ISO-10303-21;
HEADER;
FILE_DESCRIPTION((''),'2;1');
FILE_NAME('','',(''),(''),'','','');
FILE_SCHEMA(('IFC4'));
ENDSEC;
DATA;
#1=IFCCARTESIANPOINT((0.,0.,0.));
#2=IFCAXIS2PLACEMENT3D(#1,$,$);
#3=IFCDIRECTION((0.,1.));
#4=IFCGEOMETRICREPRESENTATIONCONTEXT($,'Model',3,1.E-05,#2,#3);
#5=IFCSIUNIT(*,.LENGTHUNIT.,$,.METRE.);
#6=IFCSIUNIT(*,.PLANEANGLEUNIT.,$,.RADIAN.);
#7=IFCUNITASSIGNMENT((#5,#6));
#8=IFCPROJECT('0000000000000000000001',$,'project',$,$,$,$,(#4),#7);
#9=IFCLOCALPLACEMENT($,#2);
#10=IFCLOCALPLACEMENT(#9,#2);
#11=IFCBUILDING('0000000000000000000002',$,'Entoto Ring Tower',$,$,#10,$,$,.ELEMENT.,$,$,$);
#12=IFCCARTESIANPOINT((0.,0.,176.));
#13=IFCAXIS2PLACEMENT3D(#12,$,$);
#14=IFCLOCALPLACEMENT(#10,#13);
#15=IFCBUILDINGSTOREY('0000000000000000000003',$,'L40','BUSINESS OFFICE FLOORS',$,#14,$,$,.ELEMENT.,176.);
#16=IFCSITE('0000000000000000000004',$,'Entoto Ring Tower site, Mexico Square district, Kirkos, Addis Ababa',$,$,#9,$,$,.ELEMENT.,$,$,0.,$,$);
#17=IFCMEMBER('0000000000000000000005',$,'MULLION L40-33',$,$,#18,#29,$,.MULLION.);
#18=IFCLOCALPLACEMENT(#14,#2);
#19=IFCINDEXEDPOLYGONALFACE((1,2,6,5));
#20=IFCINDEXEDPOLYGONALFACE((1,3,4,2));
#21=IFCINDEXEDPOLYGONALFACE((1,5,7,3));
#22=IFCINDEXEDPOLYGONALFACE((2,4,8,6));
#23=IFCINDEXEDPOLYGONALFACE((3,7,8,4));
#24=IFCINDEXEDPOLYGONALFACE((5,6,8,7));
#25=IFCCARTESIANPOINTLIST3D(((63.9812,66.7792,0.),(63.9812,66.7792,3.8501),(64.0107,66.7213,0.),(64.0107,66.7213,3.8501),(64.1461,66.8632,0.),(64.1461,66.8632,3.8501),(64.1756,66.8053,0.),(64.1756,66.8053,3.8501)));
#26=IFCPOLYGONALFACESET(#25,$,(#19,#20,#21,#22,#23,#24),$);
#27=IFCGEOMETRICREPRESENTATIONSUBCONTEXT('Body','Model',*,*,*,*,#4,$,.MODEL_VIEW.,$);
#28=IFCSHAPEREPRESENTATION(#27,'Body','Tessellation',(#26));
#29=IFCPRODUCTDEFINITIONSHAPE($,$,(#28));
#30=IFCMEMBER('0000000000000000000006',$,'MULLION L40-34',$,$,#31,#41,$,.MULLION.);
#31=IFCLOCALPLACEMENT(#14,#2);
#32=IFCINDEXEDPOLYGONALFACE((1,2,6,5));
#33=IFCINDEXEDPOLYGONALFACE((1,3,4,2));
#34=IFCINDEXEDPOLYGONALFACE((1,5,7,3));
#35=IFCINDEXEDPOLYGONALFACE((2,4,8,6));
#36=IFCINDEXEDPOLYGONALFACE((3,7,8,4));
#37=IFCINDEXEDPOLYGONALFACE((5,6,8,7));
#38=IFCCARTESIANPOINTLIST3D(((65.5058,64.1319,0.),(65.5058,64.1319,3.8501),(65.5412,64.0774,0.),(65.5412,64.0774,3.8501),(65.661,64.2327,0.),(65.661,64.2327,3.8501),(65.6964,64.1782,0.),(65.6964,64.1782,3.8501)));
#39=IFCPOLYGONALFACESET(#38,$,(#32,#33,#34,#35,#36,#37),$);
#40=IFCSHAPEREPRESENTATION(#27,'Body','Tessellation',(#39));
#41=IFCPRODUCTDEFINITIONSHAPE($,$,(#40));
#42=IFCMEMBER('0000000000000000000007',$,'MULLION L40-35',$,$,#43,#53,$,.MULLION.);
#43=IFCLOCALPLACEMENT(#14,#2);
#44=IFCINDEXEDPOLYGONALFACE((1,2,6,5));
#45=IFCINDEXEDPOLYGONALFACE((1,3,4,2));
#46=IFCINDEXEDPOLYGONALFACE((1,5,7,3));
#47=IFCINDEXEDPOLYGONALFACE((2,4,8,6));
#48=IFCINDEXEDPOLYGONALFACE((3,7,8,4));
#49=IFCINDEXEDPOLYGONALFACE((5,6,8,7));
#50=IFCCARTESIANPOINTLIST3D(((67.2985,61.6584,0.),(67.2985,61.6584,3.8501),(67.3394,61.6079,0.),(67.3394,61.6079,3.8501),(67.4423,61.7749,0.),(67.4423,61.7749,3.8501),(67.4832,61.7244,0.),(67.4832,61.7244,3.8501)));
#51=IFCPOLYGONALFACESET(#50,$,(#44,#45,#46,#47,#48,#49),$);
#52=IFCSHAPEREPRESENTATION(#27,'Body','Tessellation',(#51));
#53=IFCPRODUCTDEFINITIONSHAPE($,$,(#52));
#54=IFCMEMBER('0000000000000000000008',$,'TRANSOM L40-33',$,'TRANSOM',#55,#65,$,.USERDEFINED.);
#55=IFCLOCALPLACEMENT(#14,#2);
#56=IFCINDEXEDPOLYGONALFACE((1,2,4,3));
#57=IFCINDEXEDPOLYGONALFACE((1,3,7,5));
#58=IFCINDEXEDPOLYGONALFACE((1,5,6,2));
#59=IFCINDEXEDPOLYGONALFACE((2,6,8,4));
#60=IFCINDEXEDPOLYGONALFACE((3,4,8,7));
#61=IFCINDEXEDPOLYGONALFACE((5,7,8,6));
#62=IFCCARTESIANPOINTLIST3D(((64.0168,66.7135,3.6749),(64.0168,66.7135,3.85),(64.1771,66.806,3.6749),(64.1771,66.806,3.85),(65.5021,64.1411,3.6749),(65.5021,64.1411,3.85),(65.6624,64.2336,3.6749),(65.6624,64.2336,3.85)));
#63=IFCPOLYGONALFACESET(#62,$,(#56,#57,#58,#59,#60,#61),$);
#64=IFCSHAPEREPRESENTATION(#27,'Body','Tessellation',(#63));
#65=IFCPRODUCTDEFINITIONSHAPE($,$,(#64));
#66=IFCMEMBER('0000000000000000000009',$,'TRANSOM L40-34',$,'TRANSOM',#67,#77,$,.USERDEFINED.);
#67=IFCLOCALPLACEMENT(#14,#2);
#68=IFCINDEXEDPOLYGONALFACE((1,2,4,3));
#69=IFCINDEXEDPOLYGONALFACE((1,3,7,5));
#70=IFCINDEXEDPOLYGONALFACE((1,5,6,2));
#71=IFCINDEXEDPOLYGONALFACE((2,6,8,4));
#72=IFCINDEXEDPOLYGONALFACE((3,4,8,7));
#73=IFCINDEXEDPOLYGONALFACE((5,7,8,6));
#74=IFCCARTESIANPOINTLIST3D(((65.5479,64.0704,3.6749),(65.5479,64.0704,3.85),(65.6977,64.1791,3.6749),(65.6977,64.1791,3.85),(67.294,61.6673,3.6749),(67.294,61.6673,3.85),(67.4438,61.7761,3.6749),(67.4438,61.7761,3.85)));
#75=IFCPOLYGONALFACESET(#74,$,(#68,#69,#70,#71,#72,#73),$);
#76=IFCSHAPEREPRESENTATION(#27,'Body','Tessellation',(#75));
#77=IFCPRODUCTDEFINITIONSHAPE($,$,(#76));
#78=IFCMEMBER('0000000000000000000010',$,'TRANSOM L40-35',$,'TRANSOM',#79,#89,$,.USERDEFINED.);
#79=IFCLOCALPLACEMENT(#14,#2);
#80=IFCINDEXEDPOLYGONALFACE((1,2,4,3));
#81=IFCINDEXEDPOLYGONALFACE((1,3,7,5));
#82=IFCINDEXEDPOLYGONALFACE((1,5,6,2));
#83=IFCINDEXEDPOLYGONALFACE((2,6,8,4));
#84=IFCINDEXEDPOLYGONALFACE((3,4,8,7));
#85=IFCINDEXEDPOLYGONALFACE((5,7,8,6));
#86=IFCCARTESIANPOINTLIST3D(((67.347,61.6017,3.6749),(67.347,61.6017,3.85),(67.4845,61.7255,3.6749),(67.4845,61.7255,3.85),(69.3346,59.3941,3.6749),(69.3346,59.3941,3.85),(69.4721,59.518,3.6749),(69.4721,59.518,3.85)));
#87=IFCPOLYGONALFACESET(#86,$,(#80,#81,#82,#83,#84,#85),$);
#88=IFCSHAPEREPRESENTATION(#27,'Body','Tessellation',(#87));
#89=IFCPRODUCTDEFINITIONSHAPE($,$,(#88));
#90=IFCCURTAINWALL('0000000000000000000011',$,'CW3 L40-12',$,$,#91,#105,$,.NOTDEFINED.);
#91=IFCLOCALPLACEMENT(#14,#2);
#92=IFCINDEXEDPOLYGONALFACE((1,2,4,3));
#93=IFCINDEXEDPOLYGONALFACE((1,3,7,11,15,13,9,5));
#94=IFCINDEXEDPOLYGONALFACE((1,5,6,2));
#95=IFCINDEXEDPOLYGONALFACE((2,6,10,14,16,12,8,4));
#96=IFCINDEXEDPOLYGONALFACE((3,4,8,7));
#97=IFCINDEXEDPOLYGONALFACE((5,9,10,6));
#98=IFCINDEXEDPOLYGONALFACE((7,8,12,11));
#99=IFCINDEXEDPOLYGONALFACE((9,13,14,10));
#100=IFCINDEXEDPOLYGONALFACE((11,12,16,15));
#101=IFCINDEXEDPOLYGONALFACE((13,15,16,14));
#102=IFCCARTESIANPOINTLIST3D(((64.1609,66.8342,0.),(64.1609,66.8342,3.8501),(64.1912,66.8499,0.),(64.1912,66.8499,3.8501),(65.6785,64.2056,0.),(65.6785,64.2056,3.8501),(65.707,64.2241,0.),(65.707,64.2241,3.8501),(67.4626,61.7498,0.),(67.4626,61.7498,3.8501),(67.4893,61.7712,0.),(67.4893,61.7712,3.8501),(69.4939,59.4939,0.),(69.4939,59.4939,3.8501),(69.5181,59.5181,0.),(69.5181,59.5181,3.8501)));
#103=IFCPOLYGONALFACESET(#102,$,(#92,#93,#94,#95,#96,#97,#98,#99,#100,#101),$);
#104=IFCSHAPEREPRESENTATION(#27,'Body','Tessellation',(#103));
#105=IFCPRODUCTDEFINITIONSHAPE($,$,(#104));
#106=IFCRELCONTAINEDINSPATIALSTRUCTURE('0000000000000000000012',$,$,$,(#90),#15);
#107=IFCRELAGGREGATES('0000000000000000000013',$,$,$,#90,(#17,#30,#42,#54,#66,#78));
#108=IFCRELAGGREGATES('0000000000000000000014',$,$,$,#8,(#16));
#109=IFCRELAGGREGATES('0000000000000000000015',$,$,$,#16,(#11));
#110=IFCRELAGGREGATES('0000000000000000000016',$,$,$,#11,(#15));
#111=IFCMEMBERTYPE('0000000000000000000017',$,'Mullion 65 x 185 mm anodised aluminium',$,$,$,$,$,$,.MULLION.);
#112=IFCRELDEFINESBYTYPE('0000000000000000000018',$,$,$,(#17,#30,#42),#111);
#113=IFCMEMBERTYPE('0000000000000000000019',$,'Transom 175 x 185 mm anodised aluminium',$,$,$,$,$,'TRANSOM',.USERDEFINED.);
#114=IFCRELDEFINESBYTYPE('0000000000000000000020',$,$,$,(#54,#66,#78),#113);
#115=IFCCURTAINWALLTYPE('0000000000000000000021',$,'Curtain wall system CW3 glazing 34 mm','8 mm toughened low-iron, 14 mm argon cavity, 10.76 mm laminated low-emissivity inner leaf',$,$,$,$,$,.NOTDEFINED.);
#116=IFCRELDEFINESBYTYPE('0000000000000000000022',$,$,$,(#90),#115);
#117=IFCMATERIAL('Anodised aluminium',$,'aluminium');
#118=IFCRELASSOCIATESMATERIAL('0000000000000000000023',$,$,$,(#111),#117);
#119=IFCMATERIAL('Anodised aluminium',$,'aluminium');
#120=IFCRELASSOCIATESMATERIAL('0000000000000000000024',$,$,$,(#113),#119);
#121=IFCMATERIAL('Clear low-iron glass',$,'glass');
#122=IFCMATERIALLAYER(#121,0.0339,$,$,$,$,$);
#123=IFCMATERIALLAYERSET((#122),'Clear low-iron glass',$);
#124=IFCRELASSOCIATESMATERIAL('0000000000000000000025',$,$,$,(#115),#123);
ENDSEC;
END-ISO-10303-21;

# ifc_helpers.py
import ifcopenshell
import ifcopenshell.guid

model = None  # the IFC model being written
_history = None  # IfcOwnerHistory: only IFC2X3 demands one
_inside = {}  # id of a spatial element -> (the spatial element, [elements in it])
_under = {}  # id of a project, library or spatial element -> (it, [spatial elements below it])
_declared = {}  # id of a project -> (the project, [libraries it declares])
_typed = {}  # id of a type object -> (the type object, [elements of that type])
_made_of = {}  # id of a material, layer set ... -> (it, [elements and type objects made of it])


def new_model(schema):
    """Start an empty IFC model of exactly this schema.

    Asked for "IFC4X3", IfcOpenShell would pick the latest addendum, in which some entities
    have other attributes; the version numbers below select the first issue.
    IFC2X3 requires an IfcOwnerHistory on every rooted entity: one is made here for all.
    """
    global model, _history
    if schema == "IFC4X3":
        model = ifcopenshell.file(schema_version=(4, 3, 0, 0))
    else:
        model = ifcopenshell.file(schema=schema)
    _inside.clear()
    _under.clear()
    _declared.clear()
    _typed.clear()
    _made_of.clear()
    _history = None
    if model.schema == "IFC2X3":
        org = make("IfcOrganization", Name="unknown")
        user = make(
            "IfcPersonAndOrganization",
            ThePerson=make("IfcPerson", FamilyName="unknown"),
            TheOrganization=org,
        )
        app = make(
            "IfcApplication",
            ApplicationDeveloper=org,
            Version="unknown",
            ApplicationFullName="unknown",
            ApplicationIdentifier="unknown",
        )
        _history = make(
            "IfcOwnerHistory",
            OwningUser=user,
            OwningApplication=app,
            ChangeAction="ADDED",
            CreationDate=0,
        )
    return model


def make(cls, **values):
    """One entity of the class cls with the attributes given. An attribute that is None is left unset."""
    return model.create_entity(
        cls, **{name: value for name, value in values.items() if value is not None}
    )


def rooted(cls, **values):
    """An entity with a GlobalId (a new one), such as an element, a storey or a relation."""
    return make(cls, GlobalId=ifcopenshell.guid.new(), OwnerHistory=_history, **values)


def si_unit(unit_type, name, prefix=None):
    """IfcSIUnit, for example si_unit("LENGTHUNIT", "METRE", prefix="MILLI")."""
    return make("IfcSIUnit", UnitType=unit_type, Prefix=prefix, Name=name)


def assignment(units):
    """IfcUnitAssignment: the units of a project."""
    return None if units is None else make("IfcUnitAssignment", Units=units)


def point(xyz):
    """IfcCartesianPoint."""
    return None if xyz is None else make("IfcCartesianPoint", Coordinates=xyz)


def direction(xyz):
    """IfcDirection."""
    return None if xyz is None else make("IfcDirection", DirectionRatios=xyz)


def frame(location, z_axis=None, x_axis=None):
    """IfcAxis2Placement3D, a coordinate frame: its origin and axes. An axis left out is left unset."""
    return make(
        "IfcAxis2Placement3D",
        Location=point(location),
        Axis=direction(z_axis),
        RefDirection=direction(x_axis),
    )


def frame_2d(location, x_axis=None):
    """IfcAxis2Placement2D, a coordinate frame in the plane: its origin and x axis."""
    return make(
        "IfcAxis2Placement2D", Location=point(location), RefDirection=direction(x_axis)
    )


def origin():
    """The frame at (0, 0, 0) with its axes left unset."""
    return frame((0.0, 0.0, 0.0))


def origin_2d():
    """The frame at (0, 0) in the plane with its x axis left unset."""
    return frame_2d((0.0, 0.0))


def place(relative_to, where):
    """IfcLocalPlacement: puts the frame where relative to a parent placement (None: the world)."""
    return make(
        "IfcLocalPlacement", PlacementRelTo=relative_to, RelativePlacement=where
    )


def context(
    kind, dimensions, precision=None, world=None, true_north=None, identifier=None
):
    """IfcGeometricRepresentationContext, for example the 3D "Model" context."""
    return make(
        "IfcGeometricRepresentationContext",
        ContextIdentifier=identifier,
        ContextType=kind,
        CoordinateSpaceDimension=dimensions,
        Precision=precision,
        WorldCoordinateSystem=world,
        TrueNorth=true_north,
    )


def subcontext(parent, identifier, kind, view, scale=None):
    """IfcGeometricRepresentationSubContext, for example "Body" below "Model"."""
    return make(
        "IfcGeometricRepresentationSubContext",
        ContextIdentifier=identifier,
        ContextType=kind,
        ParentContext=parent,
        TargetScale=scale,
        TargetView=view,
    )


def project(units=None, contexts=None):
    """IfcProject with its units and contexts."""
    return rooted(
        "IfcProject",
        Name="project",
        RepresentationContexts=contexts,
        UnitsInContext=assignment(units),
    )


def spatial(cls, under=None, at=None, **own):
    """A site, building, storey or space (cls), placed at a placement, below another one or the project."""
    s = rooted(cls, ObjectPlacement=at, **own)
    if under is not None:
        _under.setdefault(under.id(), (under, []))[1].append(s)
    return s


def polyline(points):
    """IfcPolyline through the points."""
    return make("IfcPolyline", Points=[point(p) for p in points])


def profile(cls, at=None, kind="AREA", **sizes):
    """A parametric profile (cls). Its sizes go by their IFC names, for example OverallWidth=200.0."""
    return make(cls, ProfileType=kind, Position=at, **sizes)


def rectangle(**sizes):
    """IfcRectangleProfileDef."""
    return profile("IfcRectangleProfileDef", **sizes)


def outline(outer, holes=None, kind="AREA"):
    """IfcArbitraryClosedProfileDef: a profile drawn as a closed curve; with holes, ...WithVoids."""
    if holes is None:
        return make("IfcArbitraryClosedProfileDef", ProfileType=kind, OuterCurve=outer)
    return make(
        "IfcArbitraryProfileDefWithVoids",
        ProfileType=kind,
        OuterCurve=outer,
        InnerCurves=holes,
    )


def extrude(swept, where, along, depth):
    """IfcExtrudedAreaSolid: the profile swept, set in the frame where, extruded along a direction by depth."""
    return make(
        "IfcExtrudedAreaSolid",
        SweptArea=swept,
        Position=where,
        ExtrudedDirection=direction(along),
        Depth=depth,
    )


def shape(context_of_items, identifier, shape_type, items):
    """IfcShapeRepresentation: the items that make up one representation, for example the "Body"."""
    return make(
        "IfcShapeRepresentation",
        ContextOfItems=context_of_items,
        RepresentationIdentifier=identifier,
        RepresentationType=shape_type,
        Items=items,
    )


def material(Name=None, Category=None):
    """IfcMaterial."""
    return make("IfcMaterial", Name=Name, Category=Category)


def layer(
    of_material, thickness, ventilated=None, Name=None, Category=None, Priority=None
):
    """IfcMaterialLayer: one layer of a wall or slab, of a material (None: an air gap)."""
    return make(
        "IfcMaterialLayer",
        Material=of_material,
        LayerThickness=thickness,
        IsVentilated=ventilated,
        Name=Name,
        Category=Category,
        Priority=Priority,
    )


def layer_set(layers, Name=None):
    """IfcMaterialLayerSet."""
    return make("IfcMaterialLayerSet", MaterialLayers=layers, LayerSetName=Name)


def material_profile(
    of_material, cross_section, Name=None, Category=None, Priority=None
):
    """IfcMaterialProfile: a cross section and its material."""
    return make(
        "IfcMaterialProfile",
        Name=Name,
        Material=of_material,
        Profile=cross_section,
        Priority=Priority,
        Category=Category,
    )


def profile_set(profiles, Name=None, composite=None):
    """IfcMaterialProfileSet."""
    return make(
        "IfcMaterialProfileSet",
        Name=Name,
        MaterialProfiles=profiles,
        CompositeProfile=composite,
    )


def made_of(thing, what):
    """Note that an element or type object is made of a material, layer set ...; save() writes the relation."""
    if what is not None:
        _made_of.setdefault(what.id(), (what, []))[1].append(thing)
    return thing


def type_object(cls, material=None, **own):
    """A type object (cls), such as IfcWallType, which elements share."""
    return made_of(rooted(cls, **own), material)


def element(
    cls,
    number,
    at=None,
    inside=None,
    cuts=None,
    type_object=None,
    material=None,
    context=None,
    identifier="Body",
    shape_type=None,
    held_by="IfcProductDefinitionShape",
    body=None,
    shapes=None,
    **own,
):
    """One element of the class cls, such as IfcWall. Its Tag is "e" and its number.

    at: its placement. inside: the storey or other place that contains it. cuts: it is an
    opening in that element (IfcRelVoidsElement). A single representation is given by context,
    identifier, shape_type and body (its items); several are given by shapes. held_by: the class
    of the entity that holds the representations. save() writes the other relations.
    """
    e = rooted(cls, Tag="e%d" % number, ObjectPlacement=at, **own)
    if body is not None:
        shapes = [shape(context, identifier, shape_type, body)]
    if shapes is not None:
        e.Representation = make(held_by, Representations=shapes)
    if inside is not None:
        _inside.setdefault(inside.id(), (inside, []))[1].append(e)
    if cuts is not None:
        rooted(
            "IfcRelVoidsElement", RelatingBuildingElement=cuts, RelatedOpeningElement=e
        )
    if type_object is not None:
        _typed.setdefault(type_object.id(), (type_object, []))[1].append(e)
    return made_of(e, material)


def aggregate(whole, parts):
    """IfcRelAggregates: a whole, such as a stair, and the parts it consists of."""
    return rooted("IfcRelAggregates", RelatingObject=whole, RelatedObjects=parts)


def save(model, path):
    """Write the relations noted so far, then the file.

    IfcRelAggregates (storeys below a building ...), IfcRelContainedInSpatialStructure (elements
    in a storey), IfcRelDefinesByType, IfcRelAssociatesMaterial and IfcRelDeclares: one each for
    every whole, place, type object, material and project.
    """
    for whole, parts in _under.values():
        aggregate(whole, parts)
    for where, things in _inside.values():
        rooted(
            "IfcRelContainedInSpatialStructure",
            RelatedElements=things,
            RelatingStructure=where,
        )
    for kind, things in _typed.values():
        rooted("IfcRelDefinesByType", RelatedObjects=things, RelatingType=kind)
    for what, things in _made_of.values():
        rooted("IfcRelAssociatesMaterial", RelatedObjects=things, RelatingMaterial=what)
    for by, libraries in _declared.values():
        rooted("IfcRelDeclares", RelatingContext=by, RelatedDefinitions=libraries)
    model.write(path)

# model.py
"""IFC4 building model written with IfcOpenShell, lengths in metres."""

from ifc_helpers import new_model, si_unit, direction, frame, origin, origin_2d, place, context, subcontext, project, spatial, polyline, rectangle, outline, extrude, material, layer, layer_set, material_profile, profile_set, type_object, element, aggregate, save


model = new_model("IFC4")

# Units and contexts
model_context = context("Model", 3, precision=1e-05, world=origin(), true_north=direction((0.0, 1.0)))
body_context = subcontext(model_context, "Body", "Model", "MODEL_VIEW")
ifc_project = project(units=[si_unit("LENGTHUNIT", "METRE"), si_unit("PLANEANGLEUNIT", "RADIAN")], contexts=[model_context])

# Members
ifc_material_1 = material(Name="Anodised aluminium", Category="aluminium")
ifc_material_profile_1 = material_profile(ifc_material_1, rectangle(XDim=0.0649, YDim=0.1851, at=origin_2d()), Name="Mullion 65 x 185 mm anodised aluminium")
ifc_profile_set_1 = profile_set([ifc_material_profile_1], Name="Anodised aluminium")
member_type_1 = type_object("IfcMemberType", Name="Mullion 65 x 185 mm anodised aluminium", PredefinedType="MULLION", material=ifc_profile_set_1)
site_placement = place(None, origin())
building_placement = place(site_placement, origin())
storey_placement = place(building_placement, frame((0.0, 0.0, 176.0)))
member_1_placement = place(storey_placement, frame((64.0784, 66.7922, 0.0), z_axis=(0.0, 0.0, 1.0), x_axis=(0.45399, -0.891007, 0.0)))
member_1 = element("IfcMember", 1, at=member_1_placement, type_object=member_type_1, Name="MULLION L40-33", PredefinedType="MULLION", context=body_context, shape_type="SweptSolid", body=[
    extrude(rectangle(XDim=0.0649, YDim=0.1851, at=origin_2d()), origin(), (0.0, 0.0, 1.0), 3.8501),
])
member_2_placement = place(storey_placement, frame((65.6011, 64.155, 0.0), z_axis=(0.0, 0.0, 1.0), x_axis=(0.544639, -0.838671, 0.0)))
member_2 = element("IfcMember", 2, at=member_2_placement, type_object=member_type_1, Name="MULLION L40-34", PredefinedType="MULLION", context=body_context, shape_type="SweptSolid", body=[
    extrude(rectangle(XDim=0.0649, YDim=0.1851, at=origin_2d()), origin(), (0.0, 0.0, 1.0), 3.8501),
])
member_3_placement = place(storey_placement, frame((67.3909, 61.6914, 0.0), z_axis=(0.0, 0.0, 1.0), x_axis=(0.62932, -0.777146, 0.0)))
member_3 = element("IfcMember", 3, at=member_3_placement, type_object=member_type_1, Name="MULLION L40-35", PredefinedType="MULLION", context=body_context, shape_type="SweptSolid", body=[
    extrude(rectangle(XDim=0.0649, YDim=0.1851, at=origin_2d()), origin(), (0.0, 0.0, 1.0), 3.8501),
])
ifc_material_2 = material(Name="Anodised aluminium", Category="aluminium")
ifc_material_profile_2 = material_profile(ifc_material_2, rectangle(XDim=0.1851, YDim=0.175, at=origin_2d()), Name="Transom 175 x 185 mm anodised aluminium")
ifc_profile_set_2 = profile_set([ifc_material_profile_2], Name="Anodised aluminium")
member_type_2 = type_object("IfcMemberType", Name="Transom 175 x 185 mm anodised aluminium", ElementType="TRANSOM", PredefinedType="USERDEFINED", material=ifc_profile_set_2)
member_4_placement = place(storey_placement, frame((64.0969, 66.7598, 3.7625), z_axis=(0.500028, -0.866009, 0.0), x_axis=(0.866009, 0.500028, 0.0)))
member_4 = element("IfcMember", 4, at=member_4_placement, type_object=member_type_2, Name="TRANSOM L40-33", ObjectType="TRANSOM", PredefinedType="USERDEFINED", context=body_context, shape_type="SweptSolid", body=[
    extrude(rectangle(XDim=0.1851, YDim=0.175, at=origin_2d()), origin(), (0.0, 0.0, 1.0), 2.9705),
])
member_5_placement = place(storey_placement, frame((65.6228, 64.1248, 3.7625), z_axis=(0.58782, -0.808992, 0.0), x_axis=(0.808992, 0.58782, 0.0)))
member_5 = element("IfcMember", 5, at=member_5_placement, type_object=member_type_2, Name="TRANSOM L40-34", ObjectType="TRANSOM", PredefinedType="USERDEFINED", context=body_context, shape_type="SweptSolid", body=[
    extrude(rectangle(XDim=0.1851, YDim=0.175, at=origin_2d()), origin(), (0.0, 0.0, 1.0), 2.9705),
])
member_6_placement = place(storey_placement, frame((67.4158, 61.6636, 3.7625), z_axis=(0.66911, -0.743163, 0.0), x_axis=(0.743163, 0.66911, 0.0)))
member_6 = element("IfcMember", 6, at=member_6_placement, type_object=member_type_2, Name="TRANSOM L40-35", ObjectType="TRANSOM", PredefinedType="USERDEFINED", context=body_context, shape_type="SweptSolid", body=[
    extrude(rectangle(XDim=0.1851, YDim=0.175, at=origin_2d()), origin(), (0.0, 0.0, 1.0), 2.9705),
])

# Site, building, storey
site = spatial("IfcSite", under=ifc_project, at=site_placement, Name="Entoto Ring Tower site, Mexico Square district, Kirkos, Addis Ababa", CompositionType="ELEMENT", RefElevation=0.0)
building = spatial("IfcBuilding", under=site, at=building_placement, Name="Entoto Ring Tower", CompositionType="ELEMENT")
storey = spatial("IfcBuildingStorey", under=building, at=storey_placement, Name="L40", Description="BUSINESS OFFICE FLOORS", CompositionType="ELEMENT", Elevation=176.0)

# Curtain wall
ifc_material_3 = material(Name="Clear low-iron glass", Category="glass")
ifc_layer = layer(ifc_material_3, 0.0339)
ifc_layer_set = layer_set([ifc_layer], Name="Clear low-iron glass")
curtain_wall_type = type_object("IfcCurtainWallType", Name="Curtain wall system CW3 glazing 34 mm", Description="8 mm toughened low-iron, 14 mm argon cavity, 10.76 mm laminated low-emissivity inner leaf", PredefinedType="NOTDEFINED", material=ifc_layer_set)
curtain_wall_1_placement = place(storey_placement, origin())
curtain_wall_1 = element("IfcCurtainWall", 7, at=curtain_wall_1_placement, inside=storey, type_object=curtain_wall_type, Name="CW3 L40-12", PredefinedType="NOTDEFINED", context=body_context, shape_type="SweptSolid", body=[
    extrude(outline(polyline([(64.1609, 66.8342), (65.6785, 64.2056), (67.4626, 61.7498), (69.4939, 59.4939), (69.5181, 59.5181), (67.4893, 61.7712), (65.707, 64.2241), (64.1912, 66.8499), (64.1609, 66.8342)])), origin(), (0.0, 0.0, 1.0), 3.8501),
])
aggregate(curtain_wall_1, [member_1, member_2, member_3, member_4, member_5, member_6])

save(model, "model.ifc")
